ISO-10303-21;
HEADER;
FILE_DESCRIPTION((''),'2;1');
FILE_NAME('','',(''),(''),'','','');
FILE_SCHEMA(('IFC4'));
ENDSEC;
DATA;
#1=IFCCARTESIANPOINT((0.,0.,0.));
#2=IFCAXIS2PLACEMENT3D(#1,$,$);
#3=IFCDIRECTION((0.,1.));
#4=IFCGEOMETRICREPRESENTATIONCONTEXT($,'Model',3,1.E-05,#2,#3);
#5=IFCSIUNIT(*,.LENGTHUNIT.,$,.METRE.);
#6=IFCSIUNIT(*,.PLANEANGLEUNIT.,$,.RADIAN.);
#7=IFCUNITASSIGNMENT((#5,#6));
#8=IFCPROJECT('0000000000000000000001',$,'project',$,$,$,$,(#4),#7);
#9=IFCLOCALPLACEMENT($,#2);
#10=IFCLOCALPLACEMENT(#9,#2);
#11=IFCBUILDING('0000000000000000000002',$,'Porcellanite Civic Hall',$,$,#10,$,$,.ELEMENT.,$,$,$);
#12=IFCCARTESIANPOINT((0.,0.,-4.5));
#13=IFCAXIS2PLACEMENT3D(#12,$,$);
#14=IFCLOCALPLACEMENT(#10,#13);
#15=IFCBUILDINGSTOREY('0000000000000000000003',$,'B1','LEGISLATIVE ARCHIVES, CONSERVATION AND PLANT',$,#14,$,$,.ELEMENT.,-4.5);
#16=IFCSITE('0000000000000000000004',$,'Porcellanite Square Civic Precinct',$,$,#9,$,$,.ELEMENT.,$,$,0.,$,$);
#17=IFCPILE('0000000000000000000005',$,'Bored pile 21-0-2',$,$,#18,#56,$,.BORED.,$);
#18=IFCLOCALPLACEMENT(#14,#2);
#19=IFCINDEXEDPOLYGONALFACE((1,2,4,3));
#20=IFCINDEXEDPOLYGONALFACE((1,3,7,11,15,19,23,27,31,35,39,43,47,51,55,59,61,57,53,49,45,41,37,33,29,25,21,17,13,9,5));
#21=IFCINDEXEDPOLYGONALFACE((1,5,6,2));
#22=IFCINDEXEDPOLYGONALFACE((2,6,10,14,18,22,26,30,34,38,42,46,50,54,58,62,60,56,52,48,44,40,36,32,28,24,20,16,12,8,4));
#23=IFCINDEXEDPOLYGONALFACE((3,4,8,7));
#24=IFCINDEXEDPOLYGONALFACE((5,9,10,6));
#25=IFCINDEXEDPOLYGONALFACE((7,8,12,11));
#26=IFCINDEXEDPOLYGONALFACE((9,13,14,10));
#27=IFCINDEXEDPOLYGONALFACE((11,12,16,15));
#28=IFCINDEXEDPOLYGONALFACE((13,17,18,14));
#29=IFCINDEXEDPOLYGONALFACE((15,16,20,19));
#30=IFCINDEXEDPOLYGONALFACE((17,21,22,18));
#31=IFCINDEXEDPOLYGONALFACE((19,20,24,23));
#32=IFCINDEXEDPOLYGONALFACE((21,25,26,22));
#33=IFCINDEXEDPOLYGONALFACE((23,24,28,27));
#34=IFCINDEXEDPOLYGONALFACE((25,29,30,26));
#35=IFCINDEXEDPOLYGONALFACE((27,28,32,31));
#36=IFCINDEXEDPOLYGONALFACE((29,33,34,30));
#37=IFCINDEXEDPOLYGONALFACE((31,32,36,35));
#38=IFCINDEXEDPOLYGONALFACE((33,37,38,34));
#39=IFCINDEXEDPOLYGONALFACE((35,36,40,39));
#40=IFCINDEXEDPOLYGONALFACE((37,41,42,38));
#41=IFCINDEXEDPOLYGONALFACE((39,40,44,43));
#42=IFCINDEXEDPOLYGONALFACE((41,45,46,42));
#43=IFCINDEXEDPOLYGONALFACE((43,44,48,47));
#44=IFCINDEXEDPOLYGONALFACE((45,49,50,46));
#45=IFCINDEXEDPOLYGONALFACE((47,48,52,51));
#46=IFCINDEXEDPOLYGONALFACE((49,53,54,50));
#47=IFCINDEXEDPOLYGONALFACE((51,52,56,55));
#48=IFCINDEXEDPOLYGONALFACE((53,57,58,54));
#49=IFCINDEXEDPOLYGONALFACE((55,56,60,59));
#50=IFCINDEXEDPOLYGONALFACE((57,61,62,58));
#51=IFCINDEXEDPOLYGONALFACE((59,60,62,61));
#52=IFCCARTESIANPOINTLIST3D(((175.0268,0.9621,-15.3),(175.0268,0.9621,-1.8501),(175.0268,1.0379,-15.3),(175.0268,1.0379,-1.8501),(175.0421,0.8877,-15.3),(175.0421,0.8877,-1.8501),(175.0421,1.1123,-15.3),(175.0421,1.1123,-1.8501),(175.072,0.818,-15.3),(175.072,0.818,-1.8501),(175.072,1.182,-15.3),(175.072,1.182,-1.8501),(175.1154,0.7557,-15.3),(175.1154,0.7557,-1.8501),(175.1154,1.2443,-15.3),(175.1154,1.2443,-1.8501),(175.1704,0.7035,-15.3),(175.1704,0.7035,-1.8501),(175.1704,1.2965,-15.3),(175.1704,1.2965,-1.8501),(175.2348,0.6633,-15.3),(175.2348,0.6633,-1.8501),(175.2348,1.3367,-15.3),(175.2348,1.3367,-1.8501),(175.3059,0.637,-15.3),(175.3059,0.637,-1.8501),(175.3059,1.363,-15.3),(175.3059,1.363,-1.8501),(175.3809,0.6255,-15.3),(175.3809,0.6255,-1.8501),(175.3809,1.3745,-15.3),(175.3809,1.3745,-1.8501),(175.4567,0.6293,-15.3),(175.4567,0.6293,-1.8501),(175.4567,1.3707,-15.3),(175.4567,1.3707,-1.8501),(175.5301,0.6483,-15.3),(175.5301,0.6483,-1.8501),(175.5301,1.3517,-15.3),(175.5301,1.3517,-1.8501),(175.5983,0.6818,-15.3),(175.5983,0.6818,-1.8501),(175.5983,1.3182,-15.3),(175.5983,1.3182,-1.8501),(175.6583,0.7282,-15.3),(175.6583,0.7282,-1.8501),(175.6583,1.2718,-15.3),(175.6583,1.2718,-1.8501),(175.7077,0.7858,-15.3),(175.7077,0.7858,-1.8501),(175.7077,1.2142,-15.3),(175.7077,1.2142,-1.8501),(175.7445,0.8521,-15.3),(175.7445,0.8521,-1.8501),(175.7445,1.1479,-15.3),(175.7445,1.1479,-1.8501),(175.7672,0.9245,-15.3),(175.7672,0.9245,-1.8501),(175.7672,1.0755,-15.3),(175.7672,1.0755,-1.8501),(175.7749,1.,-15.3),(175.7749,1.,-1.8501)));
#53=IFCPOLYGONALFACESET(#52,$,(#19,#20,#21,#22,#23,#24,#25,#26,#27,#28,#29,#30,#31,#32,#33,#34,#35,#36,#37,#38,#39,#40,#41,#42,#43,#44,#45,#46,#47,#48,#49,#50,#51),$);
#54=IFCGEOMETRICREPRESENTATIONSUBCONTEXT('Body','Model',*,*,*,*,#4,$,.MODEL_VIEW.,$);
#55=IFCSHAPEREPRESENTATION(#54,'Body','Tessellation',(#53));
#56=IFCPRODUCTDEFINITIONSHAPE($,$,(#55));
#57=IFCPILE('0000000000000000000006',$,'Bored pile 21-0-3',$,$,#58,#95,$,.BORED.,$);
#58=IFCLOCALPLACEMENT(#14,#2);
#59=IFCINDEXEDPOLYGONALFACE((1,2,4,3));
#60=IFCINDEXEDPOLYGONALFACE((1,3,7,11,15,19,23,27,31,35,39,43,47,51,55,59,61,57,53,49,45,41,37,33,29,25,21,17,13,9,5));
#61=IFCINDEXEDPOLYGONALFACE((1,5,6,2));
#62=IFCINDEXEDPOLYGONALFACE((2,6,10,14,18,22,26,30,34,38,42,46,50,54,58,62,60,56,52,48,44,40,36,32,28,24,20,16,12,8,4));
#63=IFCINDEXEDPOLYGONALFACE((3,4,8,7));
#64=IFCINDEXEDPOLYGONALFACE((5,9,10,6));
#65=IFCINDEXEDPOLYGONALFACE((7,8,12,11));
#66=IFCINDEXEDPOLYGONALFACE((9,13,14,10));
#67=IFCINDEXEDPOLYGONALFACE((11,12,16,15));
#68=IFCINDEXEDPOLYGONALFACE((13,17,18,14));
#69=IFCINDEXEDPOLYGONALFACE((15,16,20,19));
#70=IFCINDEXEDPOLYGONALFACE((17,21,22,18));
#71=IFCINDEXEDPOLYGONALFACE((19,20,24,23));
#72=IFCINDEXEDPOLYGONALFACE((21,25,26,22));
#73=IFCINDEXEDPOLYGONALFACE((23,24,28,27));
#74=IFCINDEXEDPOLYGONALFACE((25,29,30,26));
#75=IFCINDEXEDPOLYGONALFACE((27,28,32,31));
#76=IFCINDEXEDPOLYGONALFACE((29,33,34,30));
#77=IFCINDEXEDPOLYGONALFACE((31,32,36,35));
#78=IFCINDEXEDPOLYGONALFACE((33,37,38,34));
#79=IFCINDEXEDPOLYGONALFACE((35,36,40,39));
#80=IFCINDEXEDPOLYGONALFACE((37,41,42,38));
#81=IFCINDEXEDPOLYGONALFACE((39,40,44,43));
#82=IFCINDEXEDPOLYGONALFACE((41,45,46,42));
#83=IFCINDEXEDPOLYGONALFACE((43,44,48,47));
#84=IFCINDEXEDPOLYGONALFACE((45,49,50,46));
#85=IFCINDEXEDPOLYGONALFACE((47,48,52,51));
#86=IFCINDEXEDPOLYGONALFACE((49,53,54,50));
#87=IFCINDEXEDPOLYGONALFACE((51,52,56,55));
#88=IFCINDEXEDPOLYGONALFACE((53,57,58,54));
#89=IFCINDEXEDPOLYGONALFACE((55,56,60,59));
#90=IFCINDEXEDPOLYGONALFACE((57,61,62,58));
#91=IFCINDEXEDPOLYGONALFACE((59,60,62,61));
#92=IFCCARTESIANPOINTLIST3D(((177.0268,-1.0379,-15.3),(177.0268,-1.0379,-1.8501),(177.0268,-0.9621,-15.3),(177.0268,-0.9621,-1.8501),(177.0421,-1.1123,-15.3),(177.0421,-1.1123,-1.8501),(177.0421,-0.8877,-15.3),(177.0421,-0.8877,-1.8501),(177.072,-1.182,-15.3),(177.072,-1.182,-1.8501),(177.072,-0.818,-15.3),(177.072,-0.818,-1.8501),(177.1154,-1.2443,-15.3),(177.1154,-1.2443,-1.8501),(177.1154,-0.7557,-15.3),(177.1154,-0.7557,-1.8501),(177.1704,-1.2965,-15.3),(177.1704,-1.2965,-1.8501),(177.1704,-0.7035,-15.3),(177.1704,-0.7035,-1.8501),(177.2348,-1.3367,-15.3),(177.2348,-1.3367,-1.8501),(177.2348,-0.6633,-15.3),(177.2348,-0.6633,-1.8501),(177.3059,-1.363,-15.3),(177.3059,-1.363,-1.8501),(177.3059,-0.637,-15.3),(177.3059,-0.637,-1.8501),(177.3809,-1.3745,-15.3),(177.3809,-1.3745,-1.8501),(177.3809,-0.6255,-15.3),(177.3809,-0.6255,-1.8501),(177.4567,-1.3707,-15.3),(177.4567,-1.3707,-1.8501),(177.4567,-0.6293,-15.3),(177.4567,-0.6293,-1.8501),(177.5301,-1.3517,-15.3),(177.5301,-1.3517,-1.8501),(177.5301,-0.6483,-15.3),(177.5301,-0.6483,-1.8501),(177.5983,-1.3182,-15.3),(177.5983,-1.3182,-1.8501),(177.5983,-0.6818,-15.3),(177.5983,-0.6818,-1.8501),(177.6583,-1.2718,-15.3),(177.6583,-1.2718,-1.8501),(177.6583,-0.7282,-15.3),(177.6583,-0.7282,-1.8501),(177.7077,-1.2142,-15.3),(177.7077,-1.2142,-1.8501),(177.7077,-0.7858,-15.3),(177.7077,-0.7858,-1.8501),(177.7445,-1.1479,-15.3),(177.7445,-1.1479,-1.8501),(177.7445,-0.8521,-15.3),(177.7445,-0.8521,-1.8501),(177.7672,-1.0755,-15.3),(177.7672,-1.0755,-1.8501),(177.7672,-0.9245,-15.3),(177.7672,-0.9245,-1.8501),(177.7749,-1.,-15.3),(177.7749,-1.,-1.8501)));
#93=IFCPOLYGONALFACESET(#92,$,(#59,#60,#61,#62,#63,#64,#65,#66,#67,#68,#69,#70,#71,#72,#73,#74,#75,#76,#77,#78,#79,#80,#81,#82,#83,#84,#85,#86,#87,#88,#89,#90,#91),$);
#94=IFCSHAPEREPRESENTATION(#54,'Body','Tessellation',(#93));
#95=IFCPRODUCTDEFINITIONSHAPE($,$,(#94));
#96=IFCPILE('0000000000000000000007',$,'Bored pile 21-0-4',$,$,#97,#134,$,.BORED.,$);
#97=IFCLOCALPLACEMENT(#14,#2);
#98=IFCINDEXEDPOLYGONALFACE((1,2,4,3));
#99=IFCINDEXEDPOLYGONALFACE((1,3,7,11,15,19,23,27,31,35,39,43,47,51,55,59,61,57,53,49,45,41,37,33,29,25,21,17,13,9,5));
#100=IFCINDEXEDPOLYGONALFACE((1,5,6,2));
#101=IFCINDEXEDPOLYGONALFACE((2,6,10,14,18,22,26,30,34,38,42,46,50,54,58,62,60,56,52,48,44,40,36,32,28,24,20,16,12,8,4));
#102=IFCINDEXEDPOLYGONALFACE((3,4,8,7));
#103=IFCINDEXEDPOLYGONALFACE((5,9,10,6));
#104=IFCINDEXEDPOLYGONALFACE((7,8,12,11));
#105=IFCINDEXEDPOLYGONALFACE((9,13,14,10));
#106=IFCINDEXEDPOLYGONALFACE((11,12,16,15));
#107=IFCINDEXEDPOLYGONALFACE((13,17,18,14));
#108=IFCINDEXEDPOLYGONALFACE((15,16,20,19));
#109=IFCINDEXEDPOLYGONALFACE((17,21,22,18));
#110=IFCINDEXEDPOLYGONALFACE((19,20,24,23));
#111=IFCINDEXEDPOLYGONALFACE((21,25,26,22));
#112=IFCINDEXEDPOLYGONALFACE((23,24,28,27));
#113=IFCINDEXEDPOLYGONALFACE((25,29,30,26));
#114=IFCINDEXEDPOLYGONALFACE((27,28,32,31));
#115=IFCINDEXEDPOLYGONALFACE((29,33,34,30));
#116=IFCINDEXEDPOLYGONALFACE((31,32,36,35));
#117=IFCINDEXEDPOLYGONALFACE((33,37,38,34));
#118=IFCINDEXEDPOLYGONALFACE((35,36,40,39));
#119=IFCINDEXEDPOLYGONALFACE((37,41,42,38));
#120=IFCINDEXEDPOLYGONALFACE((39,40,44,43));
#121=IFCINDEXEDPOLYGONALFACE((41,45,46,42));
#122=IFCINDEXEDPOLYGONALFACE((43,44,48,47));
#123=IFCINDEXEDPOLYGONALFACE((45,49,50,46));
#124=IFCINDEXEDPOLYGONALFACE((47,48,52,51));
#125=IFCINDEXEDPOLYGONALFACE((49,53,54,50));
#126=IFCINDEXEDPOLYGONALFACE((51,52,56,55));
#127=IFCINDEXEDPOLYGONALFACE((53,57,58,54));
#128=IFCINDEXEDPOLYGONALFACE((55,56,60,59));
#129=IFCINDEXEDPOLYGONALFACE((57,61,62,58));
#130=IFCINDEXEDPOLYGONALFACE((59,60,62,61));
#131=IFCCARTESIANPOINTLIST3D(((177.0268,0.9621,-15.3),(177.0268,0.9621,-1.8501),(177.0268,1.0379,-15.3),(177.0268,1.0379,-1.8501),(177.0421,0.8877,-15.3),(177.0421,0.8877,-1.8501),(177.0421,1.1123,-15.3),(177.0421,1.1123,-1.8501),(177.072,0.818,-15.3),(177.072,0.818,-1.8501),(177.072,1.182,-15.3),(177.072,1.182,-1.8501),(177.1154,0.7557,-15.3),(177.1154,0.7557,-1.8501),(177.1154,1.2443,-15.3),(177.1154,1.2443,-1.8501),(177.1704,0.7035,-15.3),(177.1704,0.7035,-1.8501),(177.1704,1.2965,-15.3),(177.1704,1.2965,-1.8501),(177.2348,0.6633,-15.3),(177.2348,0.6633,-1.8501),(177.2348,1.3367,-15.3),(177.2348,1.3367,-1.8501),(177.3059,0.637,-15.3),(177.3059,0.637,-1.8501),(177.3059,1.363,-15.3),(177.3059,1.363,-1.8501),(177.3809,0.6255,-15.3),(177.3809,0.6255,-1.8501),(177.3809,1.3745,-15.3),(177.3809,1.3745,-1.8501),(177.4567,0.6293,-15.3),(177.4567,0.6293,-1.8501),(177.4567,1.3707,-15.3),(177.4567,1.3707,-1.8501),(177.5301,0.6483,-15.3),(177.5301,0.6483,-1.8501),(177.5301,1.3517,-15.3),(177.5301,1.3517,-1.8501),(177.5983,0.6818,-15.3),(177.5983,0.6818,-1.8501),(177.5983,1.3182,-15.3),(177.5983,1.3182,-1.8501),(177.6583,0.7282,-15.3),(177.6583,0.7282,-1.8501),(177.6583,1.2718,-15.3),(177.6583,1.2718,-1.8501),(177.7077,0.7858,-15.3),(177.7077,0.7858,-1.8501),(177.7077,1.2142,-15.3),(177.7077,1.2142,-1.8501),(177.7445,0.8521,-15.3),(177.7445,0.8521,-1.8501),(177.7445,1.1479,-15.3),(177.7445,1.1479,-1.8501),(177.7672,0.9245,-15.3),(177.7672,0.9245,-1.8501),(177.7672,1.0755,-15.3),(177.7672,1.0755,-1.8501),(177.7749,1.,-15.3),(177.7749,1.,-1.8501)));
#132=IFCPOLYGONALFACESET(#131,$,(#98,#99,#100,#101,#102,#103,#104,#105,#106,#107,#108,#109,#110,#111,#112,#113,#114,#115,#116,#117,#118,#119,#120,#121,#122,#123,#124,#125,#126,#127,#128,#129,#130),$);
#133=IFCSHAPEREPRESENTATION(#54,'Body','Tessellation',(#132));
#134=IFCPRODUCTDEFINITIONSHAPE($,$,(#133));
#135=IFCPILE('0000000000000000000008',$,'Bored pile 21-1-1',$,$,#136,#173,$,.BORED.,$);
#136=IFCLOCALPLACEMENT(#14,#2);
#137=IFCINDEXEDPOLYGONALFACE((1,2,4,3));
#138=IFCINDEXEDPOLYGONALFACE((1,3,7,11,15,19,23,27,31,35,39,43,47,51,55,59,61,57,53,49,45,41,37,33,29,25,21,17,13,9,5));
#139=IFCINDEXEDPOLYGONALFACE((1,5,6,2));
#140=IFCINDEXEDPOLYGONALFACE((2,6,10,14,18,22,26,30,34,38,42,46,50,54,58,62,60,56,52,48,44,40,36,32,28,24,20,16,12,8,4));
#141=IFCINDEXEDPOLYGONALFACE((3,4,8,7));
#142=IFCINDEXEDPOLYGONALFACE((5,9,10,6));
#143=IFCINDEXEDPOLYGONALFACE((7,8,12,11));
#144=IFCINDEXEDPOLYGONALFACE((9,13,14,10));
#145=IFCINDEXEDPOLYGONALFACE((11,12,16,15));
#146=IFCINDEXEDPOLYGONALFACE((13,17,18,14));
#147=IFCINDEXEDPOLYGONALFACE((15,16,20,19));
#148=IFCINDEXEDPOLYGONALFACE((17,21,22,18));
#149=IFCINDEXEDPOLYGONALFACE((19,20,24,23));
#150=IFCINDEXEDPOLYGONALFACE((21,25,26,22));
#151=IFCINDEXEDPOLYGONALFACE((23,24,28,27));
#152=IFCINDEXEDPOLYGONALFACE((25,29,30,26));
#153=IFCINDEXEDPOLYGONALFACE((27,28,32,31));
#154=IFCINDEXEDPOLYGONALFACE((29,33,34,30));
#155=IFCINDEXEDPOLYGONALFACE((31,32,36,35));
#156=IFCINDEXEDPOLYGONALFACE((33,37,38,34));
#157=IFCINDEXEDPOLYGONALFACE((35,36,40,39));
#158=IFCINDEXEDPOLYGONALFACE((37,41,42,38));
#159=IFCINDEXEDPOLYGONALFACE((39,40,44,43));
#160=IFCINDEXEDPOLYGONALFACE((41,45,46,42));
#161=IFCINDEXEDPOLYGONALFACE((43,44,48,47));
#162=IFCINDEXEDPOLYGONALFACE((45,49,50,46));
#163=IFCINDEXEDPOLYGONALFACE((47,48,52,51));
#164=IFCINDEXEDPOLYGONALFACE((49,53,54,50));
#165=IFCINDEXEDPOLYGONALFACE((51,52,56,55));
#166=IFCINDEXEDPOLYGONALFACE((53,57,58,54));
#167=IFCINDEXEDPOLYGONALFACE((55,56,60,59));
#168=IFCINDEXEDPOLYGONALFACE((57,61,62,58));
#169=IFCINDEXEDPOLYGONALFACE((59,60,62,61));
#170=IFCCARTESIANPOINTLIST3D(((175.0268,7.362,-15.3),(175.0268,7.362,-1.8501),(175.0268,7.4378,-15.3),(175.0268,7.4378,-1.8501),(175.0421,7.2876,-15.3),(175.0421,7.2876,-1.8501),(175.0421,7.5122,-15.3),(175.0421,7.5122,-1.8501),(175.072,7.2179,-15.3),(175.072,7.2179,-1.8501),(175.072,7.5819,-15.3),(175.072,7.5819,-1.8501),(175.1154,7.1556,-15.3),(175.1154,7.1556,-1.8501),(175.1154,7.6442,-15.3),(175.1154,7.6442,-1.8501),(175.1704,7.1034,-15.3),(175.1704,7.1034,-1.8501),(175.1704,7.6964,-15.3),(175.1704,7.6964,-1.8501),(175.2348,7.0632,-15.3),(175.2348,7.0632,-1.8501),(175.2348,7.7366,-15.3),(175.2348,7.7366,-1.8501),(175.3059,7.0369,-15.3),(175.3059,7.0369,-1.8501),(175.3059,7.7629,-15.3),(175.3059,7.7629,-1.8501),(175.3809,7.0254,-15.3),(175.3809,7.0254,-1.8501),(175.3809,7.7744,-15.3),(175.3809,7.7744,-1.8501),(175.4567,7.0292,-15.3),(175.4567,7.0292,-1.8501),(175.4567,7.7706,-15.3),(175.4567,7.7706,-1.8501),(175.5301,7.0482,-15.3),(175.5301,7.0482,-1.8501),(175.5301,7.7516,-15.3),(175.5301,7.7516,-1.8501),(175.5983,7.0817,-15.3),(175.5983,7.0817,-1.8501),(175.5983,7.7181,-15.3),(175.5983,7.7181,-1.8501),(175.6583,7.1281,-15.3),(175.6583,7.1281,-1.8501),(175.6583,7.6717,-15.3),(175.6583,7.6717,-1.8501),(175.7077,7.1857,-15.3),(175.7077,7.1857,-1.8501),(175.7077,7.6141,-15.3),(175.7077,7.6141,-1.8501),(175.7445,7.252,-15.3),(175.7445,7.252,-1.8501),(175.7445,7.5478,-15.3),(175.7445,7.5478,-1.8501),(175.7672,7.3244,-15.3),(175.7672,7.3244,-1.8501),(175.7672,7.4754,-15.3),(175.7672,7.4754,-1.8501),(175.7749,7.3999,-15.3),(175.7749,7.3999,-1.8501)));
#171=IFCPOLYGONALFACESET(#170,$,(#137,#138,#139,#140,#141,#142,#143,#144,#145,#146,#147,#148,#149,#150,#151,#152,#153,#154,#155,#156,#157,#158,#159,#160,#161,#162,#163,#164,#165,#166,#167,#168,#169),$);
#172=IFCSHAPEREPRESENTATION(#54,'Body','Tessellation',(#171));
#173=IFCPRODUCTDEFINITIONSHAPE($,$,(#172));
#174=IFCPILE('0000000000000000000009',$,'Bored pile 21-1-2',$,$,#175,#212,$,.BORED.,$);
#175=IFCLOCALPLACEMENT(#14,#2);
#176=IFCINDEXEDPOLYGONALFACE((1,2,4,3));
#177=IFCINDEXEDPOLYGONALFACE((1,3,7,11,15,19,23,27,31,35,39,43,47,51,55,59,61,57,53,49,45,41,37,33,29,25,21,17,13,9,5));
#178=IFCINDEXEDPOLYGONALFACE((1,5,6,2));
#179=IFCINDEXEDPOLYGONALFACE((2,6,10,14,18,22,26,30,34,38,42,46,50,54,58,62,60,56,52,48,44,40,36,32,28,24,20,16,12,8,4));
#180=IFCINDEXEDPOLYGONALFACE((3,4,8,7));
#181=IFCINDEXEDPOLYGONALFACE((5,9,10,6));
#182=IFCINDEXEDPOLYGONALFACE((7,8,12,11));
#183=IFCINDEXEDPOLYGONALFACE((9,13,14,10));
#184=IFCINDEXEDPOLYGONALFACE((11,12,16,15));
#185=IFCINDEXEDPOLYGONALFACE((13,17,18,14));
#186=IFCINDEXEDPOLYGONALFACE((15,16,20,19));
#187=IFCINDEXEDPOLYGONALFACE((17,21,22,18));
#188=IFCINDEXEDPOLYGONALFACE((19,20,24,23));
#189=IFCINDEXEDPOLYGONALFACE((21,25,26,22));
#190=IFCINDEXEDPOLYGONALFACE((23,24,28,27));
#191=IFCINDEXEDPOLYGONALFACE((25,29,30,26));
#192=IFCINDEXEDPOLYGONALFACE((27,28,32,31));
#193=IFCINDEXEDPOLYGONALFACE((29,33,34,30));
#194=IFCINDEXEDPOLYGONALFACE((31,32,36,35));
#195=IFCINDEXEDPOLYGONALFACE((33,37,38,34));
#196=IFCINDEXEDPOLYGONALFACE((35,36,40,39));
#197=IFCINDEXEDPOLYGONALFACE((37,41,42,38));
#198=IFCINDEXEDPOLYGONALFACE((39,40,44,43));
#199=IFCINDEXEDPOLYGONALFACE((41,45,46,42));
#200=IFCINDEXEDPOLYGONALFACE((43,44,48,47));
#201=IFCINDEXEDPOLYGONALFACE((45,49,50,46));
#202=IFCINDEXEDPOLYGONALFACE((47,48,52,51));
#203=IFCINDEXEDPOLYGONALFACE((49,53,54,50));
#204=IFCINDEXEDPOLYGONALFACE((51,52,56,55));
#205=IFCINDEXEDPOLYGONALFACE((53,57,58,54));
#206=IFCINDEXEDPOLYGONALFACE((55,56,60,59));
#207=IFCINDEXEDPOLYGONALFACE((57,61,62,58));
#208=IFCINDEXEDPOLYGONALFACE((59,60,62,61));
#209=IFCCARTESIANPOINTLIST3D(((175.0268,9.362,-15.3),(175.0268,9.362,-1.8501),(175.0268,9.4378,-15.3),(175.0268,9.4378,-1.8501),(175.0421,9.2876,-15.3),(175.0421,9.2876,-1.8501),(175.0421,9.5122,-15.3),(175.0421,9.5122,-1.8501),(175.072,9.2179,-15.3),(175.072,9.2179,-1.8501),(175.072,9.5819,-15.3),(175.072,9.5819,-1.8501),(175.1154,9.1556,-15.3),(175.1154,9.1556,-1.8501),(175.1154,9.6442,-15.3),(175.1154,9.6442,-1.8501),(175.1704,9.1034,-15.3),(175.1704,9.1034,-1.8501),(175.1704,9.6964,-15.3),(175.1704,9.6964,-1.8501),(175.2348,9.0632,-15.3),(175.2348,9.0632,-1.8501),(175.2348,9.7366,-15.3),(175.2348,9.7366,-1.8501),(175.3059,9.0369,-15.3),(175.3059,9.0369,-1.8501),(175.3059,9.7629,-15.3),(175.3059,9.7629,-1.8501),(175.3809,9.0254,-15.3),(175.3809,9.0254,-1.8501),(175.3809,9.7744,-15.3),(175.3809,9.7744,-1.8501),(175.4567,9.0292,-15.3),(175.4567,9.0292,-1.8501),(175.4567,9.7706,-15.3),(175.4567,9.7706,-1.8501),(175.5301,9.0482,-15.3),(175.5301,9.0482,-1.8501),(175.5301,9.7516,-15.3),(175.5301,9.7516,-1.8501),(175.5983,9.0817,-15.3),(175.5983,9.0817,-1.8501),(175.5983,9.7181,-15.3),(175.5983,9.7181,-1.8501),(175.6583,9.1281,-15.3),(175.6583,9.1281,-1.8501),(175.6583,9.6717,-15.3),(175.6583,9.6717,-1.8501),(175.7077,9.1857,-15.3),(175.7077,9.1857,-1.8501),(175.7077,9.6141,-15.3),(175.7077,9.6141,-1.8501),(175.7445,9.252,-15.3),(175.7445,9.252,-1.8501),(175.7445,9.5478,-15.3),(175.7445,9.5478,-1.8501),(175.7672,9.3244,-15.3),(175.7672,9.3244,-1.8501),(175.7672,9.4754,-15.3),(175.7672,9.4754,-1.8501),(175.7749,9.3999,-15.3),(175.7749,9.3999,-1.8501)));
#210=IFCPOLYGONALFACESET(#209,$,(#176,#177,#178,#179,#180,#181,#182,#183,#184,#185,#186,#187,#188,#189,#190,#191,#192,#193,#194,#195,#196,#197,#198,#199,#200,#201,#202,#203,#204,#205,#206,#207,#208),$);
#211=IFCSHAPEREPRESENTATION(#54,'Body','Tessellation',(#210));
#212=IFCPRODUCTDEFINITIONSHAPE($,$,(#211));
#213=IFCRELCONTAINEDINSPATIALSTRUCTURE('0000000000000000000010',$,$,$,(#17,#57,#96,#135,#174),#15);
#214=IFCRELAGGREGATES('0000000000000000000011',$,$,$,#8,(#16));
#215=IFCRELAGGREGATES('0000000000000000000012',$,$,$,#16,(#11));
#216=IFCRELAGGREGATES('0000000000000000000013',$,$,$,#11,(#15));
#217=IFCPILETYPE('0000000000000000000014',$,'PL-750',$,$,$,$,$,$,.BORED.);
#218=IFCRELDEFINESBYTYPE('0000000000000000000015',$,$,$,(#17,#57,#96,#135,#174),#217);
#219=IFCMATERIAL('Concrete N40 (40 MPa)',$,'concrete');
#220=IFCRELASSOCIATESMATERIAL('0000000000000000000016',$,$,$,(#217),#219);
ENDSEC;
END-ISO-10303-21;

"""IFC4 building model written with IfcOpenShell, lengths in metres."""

from ifc_helpers import new_model, si_unit, direction, frame, origin, origin_2d, place, context, subcontext, project, spatial, circle, extrude, material, material_profile, profile_set, type_object, element, save


model = new_model("IFC4")

# Units and contexts
model_context = context("Model", 3, precision=1e-05, world=origin(), true_north=direction((0.0, 1.0)))
body_context = subcontext(model_context, "Body", "Model", "MODEL_VIEW")
ifc_project = project(units=[si_unit("LENGTHUNIT", "METRE"), si_unit("PLANEANGLEUNIT", "RADIAN")], contexts=[model_context])

# Site, building, storey
site_placement = place(None, origin())
site = spatial("IfcSite", under=ifc_project, at=site_placement, Name="Porcellanite Square Civic Precinct", CompositionType="ELEMENT", RefElevation=0.0)
building_placement = place(site_placement, origin())
building = spatial("IfcBuilding", under=site, at=building_placement, Name="Porcellanite Civic Hall", CompositionType="ELEMENT")
storey_placement = place(building_placement, frame((0.0, 0.0, -4.5)))
storey = spatial("IfcBuildingStorey", under=building, at=storey_placement, Name="B1", Description="LEGISLATIVE ARCHIVES, CONSERVATION AND PLANT", CompositionType="ELEMENT", Elevation=-4.5)

# Piles
ifc_material_1 = material(Name="Concrete N40 (40 MPa)", Category="concrete")
ifc_material_profile_1 = material_profile(ifc_material_1, circle(Radius=0.375, at=origin_2d()), Name="PILE-D750")
ifc_profile_set_1 = profile_set([ifc_material_profile_1], Name="Concrete N40 (40 MPa)")
pile_type_1 = type_object("IfcPileType", Name="PL-750", PredefinedType="BORED", material=ifc_profile_set_1)
for number, where, z_axis, x_axis, name in (
    (1, (175.3999, 1.0, -1.8501), (0.0, 0.0, -1.0), (1.0, 0.0, 0.0), "Bored pile 21-0-2"),
    (2, (177.3999, -1.0, -1.8501), (0.0, 0.0, -1.0), (1.0, 0.0, 0.0), "Bored pile 21-0-3"),
    (3, (177.3999, 1.0, -1.8501), (0.0, 0.0, -1.0), (1.0, 0.0, 0.0), "Bored pile 21-0-4"),
    (4, (175.3999, 7.3999, -1.8501), (0.0, 0.0, -1.0), (1.0, 0.0, 0.0), "Bored pile 21-1-1"),
    (5, (175.3999, 9.3999, -1.8501), (0.0, 0.0, -1.0), (1.0, 0.0, 0.0), "Bored pile 21-1-2"),
):
    element("IfcPile", number, at=place(storey_placement, frame(where, z_axis=z_axis, x_axis=x_axis)), inside=storey, type_object=pile_type_1, Name=name, PredefinedType="BORED", context=body_context, shape_type="SweptSolid", body=[
        extrude(circle(Radius=0.375, at=origin_2d()), origin(), (0.0, 0.0, 1.0), 13.45),
    ])

save(model, "model.ifc")
